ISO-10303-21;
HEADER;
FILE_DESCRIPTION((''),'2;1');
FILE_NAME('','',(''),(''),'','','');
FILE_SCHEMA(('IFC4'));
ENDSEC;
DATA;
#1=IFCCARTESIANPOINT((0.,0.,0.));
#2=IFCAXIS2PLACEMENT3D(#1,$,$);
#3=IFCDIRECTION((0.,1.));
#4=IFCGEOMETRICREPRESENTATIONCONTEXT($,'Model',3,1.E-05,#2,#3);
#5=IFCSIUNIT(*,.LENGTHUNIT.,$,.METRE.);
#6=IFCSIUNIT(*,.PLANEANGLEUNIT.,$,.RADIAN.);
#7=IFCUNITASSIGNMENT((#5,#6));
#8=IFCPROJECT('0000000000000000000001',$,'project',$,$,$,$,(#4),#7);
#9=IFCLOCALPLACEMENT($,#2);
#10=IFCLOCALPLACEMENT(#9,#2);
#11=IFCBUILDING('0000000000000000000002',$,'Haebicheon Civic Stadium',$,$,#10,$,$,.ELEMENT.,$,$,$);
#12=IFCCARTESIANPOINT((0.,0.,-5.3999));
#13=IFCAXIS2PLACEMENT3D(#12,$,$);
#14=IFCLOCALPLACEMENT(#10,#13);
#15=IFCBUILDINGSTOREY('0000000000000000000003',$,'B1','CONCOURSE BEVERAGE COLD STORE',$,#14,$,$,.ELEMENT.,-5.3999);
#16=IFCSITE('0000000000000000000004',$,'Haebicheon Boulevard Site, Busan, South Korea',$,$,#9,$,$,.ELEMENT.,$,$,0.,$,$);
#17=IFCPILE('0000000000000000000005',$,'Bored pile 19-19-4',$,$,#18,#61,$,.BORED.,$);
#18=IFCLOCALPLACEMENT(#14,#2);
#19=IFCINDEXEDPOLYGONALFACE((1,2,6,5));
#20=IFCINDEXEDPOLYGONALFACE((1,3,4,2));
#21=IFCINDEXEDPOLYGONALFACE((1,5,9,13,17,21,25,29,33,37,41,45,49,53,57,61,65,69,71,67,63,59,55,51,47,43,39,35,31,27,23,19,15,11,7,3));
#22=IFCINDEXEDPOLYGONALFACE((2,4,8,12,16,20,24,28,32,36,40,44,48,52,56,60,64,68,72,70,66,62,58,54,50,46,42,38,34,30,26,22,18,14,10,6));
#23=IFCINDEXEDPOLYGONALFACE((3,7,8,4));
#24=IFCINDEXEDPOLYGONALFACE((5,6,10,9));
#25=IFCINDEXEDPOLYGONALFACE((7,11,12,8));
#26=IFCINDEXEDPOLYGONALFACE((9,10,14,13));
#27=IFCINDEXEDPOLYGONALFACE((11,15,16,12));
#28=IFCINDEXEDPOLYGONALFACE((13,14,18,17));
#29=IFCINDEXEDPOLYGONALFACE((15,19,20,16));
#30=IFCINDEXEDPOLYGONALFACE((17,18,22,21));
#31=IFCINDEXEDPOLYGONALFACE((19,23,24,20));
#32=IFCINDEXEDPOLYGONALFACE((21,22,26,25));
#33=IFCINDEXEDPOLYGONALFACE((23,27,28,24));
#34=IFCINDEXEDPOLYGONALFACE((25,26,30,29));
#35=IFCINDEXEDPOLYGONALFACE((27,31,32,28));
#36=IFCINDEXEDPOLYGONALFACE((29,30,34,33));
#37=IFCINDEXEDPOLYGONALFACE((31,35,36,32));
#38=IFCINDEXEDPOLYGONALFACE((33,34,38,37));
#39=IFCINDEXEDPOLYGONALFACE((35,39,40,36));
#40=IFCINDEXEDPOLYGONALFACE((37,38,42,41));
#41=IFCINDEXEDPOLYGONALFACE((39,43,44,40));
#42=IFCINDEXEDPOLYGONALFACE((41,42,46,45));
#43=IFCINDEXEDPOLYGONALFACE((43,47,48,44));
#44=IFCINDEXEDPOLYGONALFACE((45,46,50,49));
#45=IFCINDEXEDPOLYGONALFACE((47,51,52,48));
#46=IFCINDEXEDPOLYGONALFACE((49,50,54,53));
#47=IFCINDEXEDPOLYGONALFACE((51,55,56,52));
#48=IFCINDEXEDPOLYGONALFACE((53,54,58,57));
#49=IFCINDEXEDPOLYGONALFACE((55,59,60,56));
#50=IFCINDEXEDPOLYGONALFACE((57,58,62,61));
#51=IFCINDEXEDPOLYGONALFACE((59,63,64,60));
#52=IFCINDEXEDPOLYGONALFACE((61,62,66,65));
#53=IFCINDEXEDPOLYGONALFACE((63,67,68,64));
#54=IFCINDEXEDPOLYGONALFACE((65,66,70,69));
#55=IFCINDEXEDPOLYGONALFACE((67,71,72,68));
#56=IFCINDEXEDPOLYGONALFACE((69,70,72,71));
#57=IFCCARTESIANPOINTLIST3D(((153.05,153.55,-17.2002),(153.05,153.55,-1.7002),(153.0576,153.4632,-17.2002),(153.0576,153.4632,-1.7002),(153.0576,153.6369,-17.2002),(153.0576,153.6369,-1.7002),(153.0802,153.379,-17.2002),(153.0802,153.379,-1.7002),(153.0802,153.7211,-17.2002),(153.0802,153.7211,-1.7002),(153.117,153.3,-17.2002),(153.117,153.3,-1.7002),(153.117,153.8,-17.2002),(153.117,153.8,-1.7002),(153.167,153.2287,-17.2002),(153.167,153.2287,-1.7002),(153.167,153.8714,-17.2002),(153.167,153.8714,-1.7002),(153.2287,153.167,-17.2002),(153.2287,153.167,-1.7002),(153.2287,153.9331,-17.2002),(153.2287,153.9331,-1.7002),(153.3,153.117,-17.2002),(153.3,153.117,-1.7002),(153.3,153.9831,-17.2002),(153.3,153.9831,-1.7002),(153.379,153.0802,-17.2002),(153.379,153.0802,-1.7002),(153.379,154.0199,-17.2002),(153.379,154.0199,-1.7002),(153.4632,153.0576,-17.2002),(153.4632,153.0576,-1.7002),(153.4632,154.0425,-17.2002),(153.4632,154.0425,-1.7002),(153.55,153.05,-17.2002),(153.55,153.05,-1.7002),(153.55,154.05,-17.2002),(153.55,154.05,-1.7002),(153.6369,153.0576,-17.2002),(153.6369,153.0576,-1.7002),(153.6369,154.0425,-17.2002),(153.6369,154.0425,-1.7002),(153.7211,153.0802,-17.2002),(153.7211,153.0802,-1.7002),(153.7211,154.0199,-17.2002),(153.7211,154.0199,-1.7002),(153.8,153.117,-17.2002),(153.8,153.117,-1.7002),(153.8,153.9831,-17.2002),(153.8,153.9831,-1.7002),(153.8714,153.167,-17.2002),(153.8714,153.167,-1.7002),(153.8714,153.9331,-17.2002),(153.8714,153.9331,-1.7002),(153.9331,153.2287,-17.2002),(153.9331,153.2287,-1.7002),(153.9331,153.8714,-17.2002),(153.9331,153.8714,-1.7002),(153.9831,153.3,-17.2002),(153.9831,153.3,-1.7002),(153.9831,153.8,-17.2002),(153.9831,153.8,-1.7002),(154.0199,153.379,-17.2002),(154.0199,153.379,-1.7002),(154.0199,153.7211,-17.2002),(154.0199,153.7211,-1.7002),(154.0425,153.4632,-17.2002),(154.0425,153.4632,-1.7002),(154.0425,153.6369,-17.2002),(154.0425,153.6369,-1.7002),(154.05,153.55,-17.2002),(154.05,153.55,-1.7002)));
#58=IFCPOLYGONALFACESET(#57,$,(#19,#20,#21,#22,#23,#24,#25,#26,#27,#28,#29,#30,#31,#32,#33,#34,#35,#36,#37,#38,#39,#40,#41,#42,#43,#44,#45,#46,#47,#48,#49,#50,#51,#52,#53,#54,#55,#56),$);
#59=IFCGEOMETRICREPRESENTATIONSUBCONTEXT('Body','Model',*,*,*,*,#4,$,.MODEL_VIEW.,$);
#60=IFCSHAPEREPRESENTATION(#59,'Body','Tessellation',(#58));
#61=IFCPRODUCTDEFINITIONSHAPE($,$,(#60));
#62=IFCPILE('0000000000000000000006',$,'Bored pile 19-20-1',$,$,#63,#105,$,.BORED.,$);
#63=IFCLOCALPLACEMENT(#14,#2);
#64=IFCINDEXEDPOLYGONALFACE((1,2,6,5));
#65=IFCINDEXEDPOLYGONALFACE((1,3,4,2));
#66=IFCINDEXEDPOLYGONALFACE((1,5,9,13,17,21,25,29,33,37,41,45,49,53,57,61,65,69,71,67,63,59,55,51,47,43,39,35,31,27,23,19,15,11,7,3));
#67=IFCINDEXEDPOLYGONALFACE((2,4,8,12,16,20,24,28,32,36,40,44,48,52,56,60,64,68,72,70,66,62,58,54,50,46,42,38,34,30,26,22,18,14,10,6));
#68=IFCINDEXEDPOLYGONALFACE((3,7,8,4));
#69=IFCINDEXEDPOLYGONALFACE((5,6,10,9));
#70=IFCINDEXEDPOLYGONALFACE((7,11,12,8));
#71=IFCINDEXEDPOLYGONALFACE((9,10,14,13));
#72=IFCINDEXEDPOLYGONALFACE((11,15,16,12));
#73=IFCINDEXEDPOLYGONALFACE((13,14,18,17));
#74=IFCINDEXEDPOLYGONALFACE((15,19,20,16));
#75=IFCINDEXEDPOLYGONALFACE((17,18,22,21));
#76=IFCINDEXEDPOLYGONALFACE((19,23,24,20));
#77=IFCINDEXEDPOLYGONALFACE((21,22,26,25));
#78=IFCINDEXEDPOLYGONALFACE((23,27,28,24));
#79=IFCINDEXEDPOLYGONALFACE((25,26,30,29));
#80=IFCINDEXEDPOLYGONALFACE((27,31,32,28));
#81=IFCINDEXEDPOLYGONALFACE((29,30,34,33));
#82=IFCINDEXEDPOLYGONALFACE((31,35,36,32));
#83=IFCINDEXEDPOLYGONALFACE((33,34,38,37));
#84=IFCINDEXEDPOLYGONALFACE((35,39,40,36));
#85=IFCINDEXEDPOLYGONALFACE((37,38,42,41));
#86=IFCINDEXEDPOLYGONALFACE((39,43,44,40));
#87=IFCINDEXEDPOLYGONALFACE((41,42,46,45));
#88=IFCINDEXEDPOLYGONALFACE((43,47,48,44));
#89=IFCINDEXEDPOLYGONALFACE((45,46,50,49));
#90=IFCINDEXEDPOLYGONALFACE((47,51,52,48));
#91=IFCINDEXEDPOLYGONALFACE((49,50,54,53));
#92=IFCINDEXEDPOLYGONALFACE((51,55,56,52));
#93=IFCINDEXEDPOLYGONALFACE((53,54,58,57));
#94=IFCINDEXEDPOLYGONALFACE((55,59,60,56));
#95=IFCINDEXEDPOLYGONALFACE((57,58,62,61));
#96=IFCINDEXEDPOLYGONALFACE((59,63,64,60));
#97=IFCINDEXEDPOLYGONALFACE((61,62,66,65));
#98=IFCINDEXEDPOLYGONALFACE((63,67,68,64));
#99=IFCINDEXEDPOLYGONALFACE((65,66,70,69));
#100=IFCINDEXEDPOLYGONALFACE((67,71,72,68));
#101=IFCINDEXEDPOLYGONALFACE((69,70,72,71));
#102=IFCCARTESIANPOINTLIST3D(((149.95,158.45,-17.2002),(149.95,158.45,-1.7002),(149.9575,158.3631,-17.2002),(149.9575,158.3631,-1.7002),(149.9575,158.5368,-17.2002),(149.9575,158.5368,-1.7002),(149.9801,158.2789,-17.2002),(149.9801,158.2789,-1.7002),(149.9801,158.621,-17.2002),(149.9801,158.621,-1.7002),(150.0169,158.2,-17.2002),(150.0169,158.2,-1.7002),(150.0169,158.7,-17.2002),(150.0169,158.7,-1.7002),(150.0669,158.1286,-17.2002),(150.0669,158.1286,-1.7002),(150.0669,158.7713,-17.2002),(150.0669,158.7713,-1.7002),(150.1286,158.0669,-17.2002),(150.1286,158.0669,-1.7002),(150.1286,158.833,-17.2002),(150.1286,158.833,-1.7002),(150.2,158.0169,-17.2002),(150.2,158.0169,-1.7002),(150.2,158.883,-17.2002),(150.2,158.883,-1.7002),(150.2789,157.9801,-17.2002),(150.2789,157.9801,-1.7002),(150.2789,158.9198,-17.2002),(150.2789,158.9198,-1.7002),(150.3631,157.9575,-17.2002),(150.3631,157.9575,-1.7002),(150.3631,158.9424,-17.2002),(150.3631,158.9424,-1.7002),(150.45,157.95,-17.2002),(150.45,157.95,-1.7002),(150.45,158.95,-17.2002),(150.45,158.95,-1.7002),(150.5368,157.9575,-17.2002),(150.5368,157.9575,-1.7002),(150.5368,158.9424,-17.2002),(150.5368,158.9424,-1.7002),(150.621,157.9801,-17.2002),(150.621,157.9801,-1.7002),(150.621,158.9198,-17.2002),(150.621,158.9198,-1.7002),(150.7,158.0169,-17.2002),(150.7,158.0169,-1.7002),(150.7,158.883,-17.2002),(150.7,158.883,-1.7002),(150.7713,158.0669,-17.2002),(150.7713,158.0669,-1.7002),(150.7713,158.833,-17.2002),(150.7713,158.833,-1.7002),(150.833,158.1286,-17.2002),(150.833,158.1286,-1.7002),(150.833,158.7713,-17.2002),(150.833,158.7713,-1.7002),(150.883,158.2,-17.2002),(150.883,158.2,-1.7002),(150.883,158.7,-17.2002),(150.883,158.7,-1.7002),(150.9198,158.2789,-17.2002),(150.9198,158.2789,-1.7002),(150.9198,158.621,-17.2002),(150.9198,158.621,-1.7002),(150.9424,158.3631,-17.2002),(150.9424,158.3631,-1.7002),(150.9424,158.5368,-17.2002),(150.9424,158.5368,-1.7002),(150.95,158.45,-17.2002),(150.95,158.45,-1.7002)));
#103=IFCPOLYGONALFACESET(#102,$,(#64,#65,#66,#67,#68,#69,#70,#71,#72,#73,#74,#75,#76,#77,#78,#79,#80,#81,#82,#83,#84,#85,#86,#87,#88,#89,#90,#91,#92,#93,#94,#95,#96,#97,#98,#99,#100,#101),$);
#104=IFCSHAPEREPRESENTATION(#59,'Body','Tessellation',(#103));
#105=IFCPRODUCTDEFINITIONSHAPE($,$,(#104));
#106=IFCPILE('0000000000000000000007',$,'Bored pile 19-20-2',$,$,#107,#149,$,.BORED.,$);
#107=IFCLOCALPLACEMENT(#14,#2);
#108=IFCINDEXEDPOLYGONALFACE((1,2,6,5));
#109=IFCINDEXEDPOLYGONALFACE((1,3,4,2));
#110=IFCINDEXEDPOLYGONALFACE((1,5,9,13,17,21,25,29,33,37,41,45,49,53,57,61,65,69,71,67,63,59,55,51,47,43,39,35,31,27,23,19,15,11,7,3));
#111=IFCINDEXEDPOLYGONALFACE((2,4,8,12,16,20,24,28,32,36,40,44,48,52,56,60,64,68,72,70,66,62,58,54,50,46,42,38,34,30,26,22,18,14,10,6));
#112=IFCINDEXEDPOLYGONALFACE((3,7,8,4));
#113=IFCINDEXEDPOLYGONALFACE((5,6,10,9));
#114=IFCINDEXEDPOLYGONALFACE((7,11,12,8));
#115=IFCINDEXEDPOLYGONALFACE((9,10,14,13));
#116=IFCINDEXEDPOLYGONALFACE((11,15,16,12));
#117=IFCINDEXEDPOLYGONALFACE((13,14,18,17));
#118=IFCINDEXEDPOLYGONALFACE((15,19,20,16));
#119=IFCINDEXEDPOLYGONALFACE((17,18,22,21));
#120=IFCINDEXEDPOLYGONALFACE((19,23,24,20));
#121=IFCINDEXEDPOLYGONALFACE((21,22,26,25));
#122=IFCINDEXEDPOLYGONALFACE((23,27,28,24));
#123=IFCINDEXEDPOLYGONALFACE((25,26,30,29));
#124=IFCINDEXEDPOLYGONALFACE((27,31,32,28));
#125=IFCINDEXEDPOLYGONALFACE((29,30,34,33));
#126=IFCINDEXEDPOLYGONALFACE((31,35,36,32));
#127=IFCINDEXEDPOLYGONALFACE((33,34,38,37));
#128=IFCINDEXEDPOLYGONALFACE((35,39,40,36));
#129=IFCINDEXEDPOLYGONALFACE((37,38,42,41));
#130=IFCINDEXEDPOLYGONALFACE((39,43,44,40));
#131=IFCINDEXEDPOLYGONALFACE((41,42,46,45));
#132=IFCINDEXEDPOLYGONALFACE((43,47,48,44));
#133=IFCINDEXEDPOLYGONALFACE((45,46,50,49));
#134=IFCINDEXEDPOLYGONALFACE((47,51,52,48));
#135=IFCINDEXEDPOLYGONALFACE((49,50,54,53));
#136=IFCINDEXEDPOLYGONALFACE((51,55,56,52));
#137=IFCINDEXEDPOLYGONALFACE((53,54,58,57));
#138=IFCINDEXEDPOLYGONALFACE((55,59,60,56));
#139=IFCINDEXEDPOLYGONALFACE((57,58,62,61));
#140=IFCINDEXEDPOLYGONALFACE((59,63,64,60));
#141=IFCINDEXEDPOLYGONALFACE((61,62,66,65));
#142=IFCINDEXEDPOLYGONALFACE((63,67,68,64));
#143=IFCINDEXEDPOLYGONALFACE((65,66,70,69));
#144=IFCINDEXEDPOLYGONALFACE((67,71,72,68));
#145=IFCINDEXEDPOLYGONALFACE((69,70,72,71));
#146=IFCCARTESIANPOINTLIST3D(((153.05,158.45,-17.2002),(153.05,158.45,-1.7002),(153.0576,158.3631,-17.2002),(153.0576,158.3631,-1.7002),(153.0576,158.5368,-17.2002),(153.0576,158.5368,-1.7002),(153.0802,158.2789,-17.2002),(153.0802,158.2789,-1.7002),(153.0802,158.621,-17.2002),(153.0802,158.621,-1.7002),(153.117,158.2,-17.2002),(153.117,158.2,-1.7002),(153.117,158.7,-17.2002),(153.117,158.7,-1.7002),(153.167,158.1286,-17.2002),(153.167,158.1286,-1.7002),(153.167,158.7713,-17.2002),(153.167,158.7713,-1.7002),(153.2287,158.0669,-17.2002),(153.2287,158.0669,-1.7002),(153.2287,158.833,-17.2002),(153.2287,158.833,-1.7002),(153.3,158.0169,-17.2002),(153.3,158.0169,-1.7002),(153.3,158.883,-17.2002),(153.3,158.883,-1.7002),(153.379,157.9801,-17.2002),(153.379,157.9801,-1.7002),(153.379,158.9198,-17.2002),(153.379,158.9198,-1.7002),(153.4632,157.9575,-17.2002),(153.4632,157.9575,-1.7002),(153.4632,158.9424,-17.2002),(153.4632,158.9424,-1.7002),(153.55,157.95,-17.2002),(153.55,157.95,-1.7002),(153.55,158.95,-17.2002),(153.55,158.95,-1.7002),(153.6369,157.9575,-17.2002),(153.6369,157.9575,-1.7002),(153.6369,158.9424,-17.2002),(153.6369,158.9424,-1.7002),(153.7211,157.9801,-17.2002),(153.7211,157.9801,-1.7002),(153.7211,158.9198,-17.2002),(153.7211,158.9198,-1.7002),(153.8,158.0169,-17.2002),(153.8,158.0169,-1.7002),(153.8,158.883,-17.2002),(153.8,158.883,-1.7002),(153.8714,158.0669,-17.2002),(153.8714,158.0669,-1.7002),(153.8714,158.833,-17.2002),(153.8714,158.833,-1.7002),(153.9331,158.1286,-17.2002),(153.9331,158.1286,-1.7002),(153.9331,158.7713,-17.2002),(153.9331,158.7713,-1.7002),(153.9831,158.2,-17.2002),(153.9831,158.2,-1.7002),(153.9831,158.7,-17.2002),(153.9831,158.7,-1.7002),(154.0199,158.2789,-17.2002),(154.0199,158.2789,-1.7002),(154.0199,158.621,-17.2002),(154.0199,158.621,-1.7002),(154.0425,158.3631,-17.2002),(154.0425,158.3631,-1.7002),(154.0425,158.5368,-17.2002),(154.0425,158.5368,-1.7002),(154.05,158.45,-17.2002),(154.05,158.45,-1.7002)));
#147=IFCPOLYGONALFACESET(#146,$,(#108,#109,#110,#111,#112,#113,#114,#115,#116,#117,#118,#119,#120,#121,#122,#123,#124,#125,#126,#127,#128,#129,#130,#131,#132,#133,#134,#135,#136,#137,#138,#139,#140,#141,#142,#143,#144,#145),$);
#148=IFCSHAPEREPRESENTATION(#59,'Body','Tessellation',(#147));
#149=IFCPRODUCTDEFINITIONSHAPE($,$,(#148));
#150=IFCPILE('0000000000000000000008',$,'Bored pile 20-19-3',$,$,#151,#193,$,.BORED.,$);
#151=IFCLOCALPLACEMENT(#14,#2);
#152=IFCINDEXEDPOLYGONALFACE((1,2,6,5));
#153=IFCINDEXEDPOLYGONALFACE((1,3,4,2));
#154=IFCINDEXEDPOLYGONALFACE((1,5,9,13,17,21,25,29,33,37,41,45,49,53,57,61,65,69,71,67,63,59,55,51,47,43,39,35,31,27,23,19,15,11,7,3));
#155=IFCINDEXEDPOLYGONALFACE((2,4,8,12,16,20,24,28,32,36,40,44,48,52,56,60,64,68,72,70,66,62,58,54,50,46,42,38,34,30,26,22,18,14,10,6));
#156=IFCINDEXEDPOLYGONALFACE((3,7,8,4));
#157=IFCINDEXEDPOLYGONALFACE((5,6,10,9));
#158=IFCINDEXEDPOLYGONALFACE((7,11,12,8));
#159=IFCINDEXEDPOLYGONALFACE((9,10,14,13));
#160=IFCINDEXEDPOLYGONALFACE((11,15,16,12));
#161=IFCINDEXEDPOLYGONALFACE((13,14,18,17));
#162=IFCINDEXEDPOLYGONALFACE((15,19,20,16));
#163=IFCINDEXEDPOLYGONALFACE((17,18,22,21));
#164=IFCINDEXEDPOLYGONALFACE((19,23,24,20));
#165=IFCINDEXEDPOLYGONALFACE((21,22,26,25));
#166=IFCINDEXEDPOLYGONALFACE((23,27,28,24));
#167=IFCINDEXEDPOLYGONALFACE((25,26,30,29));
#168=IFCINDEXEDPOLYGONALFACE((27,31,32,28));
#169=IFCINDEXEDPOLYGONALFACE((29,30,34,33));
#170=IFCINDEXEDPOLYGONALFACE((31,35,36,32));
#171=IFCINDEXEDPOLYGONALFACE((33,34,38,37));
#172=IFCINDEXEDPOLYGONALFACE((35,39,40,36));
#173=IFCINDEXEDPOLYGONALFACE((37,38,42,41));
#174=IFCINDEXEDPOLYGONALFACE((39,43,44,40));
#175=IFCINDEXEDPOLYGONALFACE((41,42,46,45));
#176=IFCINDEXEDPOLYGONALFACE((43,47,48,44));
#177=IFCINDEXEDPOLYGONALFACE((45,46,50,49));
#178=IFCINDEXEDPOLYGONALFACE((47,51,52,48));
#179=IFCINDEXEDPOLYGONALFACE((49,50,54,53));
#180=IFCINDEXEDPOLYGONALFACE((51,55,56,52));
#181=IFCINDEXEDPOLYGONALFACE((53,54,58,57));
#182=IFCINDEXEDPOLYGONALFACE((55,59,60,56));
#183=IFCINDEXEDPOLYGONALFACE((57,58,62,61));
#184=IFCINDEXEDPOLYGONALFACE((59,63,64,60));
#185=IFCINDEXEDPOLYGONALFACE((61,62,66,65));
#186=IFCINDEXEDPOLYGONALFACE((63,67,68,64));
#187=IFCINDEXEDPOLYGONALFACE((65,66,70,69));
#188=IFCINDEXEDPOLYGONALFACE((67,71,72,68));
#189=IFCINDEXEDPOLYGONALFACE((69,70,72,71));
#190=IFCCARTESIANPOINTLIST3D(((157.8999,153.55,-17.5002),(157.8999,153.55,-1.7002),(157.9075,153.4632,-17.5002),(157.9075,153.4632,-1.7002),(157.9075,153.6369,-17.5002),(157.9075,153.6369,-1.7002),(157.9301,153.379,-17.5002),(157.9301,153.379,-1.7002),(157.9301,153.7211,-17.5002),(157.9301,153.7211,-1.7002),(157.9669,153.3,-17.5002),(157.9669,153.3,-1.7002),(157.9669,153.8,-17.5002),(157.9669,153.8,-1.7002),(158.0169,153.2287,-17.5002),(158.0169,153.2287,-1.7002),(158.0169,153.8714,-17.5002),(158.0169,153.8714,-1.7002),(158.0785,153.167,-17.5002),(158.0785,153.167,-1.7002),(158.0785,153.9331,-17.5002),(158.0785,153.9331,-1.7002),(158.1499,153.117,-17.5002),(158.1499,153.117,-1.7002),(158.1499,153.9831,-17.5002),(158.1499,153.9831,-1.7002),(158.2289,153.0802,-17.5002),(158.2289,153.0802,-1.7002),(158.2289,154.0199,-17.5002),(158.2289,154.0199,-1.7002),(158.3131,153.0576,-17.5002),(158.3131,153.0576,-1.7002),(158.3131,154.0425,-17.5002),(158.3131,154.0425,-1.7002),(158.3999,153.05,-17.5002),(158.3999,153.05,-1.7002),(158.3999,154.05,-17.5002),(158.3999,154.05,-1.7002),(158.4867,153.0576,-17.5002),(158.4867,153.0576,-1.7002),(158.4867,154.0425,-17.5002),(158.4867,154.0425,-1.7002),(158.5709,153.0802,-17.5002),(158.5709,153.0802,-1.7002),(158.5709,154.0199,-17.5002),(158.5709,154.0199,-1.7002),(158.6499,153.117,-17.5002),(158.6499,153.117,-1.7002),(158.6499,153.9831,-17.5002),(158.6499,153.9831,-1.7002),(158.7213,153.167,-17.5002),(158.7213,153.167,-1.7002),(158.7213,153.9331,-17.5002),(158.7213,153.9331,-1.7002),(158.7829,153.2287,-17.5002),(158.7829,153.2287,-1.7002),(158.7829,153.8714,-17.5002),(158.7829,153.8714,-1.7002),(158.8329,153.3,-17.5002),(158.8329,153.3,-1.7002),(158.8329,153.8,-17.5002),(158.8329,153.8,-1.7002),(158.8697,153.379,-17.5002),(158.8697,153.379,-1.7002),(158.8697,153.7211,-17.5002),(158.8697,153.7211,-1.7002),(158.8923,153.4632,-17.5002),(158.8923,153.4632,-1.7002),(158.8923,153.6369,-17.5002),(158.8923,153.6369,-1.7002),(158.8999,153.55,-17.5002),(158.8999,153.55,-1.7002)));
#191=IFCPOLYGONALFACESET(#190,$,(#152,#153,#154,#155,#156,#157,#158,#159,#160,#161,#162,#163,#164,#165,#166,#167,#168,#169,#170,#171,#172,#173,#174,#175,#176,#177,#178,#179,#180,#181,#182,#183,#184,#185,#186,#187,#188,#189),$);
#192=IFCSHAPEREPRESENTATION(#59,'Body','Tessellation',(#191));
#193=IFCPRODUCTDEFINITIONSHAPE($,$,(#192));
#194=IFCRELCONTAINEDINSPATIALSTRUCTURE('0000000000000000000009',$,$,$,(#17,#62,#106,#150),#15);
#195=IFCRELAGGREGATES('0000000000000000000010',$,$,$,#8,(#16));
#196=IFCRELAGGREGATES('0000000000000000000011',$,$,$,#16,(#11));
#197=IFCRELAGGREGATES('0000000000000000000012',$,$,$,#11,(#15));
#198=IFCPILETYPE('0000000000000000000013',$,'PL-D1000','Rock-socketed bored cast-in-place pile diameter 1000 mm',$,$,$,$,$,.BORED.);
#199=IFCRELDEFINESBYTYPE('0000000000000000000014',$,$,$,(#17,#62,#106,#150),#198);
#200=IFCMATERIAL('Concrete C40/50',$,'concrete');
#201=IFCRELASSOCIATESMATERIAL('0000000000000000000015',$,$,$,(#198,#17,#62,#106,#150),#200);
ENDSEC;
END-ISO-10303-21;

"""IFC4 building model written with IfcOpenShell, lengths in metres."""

from ifc_helpers import new_model, si_unit, direction, frame, origin, origin_2d, place, context, subcontext, project, spatial, circle, extrude, material, material_profile, profile_set, type_object, element, save


model = new_model("IFC4")

# Units and contexts
model_context = context("Model", 3, precision=1e-05, world=origin(), true_north=direction((0.0, 1.0)))
body_context = subcontext(model_context, "Body", "Model", "MODEL_VIEW")
ifc_project = project(units=[si_unit("LENGTHUNIT", "METRE"), si_unit("PLANEANGLEUNIT", "RADIAN")], contexts=[model_context])

# Site, building, storey
site_placement = place(None, origin())
site = spatial("IfcSite", under=ifc_project, at=site_placement, Name="Haebicheon Boulevard Site, Busan, South Korea", CompositionType="ELEMENT", RefElevation=0.0)
building_placement = place(site_placement, origin())
building = spatial("IfcBuilding", under=site, at=building_placement, Name="Haebicheon Civic Stadium", CompositionType="ELEMENT")
storey_placement = place(building_placement, frame((0.0, 0.0, -5.3999)))
storey = spatial("IfcBuildingStorey", under=building, at=storey_placement, Name="B1", Description="CONCOURSE BEVERAGE COLD STORE", CompositionType="ELEMENT", Elevation=-5.3999)

# Piles
ifc_material_1 = material(Name="Concrete C40/50", Category="concrete")
ifc_material_profile_1 = material_profile(ifc_material_1, circle(Radius=0.5, at=origin_2d()), Name="PILE-D1000")
ifc_profile_set_1 = profile_set([ifc_material_profile_1], Name="Concrete C40/50")
pile_type = type_object("IfcPileType", Name="PL-D1000", Description="Rock-socketed bored cast-in-place pile diameter 1000 mm", PredefinedType="BORED", material=ifc_profile_set_1)
for number, where, z_axis, x_axis, name in (
    (1, (153.55, 153.55, -1.7002), (0.0, 0.0, -1.0), (1.0, 0.0, 0.0), "Bored pile 19-19-4"),
    (2, (150.45, 158.45, -1.7002), (0.0, 0.0, -1.0), (1.0, 0.0, 0.0), "Bored pile 19-20-1"),
    (3, (153.55, 158.45, -1.7002), (0.0, 0.0, -1.0), (1.0, 0.0, 0.0), "Bored pile 19-20-2"),
):
    element("IfcPile", number, at=place(storey_placement, frame(where, z_axis=z_axis, x_axis=x_axis)), inside=storey, type_object=pile_type, material=ifc_profile_set_1, Name=name, PredefinedType="BORED", context=body_context, shape_type="SweptSolid", body=[
        extrude(circle(Radius=0.5, at=origin_2d()), origin(), (0.0, 0.0, 1.0), 15.5),
    ])
for number, where, z_axis, x_axis, name in (
    (4, (158.3999, 153.55, -1.7002), (0.0, 0.0, -1.0), (1.0, 0.0, 0.0), "Bored pile 20-19-3"),
):
    element("IfcPile", number, at=place(storey_placement, frame(where, z_axis=z_axis, x_axis=x_axis)), inside=storey, type_object=pile_type, material=ifc_profile_set_1, Name=name, PredefinedType="BORED", context=body_context, shape_type="SweptSolid", body=[
        extrude(circle(Radius=0.5, at=origin_2d()), origin(), (0.0, 0.0, 1.0), 15.8),
    ])

save(model, "model.ifc")
